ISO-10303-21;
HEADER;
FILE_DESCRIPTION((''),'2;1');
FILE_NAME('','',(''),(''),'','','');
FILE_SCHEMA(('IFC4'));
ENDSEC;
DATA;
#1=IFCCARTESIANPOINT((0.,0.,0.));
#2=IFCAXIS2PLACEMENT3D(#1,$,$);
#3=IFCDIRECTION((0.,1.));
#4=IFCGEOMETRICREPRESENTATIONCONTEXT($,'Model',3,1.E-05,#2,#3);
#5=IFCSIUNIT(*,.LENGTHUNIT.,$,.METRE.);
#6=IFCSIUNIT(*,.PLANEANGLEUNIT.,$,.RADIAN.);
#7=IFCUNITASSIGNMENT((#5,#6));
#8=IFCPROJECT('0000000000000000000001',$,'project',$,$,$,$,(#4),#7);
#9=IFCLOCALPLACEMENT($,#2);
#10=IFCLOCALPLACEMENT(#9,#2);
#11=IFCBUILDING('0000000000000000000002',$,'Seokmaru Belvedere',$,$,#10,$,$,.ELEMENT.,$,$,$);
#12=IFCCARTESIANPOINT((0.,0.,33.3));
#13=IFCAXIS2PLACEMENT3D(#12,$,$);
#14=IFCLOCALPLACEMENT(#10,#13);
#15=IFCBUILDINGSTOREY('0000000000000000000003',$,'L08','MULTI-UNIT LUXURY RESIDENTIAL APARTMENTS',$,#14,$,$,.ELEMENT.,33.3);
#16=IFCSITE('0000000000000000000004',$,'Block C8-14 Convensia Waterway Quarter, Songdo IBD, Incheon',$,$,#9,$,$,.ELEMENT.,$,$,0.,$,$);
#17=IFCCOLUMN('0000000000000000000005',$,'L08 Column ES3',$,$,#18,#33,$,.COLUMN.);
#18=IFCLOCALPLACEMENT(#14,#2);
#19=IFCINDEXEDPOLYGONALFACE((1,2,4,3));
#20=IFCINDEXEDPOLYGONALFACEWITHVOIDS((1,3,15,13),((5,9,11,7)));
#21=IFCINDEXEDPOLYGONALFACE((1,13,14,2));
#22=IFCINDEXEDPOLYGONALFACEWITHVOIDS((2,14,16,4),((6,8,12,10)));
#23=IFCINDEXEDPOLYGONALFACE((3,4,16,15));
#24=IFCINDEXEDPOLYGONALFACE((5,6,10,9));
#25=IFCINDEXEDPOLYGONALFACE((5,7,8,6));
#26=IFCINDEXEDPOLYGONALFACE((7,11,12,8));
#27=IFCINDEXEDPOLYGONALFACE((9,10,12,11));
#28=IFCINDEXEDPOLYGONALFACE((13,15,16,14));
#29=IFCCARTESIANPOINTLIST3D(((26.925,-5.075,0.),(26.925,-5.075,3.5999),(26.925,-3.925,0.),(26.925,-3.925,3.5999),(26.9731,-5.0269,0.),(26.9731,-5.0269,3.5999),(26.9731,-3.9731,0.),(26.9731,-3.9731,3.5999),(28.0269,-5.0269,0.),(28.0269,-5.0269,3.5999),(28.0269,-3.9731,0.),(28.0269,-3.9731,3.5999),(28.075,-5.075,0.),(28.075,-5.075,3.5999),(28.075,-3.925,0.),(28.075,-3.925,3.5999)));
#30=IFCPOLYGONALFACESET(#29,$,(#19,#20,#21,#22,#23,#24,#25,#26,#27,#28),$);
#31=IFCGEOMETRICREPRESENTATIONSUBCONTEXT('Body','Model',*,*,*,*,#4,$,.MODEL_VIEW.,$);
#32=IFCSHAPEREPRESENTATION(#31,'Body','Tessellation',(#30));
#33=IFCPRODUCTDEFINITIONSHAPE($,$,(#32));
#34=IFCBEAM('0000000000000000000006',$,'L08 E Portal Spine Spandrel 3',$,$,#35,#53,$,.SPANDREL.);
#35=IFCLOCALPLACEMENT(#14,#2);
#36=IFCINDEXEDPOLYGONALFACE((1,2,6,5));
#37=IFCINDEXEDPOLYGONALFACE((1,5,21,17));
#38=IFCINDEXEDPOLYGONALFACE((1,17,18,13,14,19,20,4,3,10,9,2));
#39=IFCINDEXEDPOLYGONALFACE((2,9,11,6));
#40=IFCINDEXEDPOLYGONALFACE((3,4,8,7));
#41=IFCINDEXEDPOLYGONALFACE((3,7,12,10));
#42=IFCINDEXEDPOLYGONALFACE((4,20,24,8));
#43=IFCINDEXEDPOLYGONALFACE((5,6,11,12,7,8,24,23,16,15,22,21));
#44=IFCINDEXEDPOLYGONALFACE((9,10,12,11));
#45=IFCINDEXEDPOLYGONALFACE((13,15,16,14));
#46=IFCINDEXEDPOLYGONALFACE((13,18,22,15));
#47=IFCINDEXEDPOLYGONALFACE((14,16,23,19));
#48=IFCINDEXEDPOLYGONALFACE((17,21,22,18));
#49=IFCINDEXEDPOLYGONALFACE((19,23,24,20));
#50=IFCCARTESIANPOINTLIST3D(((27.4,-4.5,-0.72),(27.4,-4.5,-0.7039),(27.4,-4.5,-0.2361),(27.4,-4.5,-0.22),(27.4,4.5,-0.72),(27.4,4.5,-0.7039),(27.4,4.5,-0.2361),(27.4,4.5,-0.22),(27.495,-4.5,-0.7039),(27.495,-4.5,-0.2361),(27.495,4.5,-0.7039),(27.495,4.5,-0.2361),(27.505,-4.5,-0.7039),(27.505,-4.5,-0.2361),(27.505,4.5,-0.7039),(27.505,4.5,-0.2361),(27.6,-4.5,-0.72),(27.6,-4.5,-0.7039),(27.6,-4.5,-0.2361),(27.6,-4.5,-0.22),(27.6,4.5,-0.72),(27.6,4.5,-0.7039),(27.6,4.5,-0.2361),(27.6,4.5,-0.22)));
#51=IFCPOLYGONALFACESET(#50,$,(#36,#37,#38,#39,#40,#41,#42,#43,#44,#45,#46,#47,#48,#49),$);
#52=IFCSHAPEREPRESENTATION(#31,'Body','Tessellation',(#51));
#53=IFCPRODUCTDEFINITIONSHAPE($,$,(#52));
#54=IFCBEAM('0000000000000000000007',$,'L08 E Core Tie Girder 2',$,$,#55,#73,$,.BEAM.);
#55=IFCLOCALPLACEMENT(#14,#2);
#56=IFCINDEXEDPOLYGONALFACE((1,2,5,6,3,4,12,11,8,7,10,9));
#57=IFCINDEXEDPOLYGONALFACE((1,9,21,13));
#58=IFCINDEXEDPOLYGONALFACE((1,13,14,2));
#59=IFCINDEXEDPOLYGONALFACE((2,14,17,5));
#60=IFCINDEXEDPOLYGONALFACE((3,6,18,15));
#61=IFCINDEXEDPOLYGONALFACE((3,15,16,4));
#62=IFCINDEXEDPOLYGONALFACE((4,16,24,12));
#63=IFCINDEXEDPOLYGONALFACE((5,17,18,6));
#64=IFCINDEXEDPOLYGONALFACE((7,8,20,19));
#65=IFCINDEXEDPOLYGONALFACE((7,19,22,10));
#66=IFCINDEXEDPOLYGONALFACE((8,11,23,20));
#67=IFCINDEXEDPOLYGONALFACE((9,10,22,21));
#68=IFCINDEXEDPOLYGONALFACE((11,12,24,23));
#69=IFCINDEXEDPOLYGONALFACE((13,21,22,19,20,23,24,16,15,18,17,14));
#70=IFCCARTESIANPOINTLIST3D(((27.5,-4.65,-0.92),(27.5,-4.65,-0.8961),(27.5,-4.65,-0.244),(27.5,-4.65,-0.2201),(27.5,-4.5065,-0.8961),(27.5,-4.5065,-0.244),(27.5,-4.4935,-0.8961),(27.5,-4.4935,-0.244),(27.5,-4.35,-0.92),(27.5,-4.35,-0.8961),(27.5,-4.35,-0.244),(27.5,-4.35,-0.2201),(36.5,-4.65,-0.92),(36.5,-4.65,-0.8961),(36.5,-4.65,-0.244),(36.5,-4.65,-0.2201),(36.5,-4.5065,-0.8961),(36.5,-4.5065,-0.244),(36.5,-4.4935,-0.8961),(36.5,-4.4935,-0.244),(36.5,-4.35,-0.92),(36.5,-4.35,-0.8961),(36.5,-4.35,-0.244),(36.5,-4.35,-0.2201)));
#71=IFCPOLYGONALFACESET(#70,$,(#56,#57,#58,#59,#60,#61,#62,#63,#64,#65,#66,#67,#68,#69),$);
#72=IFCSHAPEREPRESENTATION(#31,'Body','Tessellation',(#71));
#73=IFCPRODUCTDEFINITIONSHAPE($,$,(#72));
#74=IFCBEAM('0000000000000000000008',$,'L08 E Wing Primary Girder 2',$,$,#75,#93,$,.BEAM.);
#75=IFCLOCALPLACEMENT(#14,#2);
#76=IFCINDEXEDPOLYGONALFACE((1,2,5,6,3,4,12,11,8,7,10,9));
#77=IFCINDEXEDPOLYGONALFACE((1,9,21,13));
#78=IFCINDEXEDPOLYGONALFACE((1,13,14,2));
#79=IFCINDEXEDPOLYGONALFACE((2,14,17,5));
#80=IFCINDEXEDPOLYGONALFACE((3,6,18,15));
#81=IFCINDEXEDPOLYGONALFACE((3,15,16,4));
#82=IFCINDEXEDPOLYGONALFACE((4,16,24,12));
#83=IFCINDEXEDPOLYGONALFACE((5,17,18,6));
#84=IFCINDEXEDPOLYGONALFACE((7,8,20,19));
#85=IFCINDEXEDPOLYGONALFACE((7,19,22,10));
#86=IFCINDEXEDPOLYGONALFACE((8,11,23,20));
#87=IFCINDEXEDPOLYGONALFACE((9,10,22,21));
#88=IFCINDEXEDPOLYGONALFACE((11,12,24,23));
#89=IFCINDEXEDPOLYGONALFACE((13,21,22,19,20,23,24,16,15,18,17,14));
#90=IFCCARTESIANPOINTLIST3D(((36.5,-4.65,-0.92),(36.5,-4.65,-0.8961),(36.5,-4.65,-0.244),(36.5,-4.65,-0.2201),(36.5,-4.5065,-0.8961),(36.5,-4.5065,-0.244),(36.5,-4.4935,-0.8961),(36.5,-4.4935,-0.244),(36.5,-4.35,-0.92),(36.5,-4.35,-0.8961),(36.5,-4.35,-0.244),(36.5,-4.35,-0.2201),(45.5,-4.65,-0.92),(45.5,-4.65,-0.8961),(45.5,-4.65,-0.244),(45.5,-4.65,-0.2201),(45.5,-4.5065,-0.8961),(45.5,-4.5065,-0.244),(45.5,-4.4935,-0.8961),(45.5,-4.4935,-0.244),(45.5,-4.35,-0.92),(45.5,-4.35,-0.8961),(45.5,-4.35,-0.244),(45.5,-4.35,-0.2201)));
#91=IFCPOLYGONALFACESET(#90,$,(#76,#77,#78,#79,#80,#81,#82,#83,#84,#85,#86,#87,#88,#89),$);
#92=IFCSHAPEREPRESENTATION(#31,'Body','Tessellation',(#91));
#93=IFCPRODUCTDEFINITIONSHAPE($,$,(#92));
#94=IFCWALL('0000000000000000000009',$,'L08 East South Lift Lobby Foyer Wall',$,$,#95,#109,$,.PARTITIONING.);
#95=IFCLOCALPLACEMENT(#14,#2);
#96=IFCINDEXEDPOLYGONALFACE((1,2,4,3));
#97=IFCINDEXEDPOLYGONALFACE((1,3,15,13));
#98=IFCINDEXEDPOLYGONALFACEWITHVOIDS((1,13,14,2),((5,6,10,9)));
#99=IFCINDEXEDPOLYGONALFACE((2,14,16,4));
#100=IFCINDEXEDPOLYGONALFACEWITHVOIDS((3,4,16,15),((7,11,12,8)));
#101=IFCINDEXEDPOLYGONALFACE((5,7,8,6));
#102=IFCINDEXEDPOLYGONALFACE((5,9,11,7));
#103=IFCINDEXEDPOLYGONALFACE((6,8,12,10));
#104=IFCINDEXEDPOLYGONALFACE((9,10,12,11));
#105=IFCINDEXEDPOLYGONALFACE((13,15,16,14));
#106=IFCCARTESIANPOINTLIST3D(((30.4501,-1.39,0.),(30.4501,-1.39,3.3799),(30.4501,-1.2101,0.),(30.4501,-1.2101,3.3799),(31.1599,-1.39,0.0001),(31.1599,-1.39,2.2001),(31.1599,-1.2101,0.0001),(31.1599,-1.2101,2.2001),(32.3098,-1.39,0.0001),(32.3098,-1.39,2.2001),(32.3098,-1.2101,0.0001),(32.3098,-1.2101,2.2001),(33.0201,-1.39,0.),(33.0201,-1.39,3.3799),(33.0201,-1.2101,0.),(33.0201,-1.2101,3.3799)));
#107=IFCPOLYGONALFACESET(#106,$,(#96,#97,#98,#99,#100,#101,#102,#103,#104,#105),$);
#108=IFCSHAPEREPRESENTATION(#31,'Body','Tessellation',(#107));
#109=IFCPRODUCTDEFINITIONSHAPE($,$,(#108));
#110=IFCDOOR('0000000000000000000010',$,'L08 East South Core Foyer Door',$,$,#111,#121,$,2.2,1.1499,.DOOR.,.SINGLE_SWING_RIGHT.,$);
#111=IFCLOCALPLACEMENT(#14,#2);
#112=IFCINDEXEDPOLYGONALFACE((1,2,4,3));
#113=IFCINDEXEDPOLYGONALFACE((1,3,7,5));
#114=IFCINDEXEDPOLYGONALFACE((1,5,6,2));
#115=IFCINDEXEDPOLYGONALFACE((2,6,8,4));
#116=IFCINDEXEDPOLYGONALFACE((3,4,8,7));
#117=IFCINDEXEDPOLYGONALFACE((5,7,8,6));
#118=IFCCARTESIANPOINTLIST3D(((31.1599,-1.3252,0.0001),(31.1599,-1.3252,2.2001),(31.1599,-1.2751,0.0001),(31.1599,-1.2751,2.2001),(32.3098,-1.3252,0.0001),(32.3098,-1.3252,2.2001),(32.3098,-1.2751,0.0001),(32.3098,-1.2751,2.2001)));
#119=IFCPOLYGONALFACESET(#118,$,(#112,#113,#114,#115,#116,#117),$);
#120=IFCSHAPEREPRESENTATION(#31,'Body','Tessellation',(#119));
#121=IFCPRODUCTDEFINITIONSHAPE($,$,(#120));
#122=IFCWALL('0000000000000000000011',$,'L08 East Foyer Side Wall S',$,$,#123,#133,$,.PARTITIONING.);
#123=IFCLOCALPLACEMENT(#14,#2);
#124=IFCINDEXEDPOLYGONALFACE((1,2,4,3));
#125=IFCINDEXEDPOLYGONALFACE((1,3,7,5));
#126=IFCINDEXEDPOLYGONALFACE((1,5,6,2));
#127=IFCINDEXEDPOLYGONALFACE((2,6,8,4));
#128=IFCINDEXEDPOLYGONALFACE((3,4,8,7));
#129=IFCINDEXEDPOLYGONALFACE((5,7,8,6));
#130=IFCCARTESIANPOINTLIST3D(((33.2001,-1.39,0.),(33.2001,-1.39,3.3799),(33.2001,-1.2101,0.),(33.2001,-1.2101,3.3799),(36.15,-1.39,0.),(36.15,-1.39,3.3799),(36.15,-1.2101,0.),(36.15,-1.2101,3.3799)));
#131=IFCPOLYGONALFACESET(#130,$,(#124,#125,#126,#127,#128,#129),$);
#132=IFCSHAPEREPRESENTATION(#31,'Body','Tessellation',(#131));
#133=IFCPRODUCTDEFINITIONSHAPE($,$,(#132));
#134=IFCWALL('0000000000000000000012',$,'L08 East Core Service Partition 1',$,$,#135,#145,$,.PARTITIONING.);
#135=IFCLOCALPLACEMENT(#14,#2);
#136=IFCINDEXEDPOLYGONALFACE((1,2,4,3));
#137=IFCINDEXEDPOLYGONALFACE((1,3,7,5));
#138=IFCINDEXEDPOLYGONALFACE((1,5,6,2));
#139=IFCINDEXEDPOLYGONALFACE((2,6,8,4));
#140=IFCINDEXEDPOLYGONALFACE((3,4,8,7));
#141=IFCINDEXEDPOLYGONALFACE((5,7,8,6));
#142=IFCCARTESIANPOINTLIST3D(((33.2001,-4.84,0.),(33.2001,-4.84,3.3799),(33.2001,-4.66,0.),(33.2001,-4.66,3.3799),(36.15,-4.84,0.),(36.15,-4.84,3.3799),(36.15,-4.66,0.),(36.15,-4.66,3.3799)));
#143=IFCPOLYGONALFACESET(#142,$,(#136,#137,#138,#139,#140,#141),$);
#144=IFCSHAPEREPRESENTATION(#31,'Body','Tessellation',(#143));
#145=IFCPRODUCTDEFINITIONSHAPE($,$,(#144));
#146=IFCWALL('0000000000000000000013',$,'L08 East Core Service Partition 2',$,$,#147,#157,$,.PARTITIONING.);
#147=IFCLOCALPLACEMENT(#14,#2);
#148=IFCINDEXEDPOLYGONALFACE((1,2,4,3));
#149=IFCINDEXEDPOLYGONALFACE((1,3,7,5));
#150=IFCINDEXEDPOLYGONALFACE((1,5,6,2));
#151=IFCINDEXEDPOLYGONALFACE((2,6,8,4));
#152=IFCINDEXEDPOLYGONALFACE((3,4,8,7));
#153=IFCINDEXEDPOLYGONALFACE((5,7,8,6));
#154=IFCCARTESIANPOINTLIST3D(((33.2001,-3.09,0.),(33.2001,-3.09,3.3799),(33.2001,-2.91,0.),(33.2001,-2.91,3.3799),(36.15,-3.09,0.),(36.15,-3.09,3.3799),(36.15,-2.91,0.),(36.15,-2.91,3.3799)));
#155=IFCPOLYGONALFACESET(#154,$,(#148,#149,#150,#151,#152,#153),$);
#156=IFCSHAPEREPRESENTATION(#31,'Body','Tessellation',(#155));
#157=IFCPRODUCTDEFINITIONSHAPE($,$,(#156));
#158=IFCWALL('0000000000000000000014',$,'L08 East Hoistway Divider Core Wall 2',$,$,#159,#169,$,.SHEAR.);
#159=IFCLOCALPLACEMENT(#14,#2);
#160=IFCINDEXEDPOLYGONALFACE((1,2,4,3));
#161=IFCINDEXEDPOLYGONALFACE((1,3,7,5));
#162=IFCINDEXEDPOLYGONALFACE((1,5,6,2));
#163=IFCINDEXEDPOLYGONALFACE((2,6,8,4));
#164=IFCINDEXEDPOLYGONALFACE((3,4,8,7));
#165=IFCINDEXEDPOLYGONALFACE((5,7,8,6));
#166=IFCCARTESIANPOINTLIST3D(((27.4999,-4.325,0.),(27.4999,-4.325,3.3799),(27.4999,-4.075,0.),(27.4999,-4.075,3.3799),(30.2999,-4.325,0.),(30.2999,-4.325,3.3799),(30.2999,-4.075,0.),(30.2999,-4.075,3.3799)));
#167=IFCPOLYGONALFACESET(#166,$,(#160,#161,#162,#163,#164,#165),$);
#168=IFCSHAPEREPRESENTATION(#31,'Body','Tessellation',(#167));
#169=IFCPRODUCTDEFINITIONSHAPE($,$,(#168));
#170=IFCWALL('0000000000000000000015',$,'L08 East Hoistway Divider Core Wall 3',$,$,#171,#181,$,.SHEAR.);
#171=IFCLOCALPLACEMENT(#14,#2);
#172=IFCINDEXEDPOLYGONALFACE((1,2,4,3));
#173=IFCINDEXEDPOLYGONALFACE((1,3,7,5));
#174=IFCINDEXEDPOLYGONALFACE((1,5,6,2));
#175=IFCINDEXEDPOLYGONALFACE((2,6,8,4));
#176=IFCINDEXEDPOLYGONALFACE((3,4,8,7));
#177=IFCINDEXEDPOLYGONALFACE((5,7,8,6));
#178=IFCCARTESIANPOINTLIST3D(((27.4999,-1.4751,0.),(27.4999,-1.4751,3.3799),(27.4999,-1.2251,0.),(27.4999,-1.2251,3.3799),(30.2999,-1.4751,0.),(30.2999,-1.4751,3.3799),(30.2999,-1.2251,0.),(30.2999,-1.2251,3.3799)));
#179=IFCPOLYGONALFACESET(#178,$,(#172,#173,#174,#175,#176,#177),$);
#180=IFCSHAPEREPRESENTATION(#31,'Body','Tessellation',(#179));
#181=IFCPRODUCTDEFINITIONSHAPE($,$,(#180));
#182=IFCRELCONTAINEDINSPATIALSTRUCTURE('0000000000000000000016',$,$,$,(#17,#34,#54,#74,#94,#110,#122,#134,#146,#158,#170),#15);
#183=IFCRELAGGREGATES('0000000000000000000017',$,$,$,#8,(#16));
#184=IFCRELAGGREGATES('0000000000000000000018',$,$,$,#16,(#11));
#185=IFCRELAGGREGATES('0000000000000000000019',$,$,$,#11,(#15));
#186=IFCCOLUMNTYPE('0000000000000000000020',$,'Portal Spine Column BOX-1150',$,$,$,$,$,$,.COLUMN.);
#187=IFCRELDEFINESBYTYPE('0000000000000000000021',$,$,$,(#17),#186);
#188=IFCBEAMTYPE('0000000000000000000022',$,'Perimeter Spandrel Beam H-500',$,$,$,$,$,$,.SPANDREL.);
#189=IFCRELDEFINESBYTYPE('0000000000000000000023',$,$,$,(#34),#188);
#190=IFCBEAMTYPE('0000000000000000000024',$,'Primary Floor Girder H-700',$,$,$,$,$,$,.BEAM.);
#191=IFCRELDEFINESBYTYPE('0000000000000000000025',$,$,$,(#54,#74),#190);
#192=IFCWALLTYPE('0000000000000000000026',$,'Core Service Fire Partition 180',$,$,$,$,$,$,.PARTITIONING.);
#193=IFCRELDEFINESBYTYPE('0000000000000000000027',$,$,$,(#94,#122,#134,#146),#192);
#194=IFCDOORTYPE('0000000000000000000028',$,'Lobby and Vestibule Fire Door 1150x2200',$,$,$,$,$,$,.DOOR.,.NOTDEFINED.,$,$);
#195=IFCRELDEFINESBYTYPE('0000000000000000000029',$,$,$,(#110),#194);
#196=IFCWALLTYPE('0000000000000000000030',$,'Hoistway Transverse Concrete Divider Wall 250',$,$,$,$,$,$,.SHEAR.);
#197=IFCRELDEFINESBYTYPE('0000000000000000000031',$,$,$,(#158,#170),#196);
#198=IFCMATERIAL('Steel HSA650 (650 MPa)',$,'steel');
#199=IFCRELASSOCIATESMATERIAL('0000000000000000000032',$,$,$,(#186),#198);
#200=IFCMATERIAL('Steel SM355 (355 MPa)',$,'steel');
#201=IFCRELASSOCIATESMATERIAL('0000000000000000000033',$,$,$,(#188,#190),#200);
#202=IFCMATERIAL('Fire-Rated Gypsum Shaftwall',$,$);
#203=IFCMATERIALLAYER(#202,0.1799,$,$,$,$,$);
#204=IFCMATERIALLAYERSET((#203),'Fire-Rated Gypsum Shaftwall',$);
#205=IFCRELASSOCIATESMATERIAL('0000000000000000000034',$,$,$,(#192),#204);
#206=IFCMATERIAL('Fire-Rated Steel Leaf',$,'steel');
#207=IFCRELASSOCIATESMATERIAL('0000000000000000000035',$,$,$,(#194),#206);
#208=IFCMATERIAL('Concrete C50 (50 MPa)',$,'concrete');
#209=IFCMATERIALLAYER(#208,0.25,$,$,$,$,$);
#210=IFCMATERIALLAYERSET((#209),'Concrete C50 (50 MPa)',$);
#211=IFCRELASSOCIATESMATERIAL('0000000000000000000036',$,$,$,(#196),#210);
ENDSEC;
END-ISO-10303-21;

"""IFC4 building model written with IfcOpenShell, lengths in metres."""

from ifc_helpers import new_model, si_unit, direction, frame, frame_2d, origin, origin_2d, place, context, subcontext, project, spatial, rectangle, hollow_rectangle, i_section, extrude, source, transform, mapped, material, layer, layer_set, material_profile, profile_set, type_object, type_shapes, element, fill, save


model = new_model("IFC4")

# Units and contexts
model_context = context("Model", 3, precision=1e-05, world=origin(), true_north=direction((0.0, 1.0)))
body_context = subcontext(model_context, "Body", "Model", "MODEL_VIEW")
ifc_project = project(units=[si_unit("LENGTHUNIT", "METRE"), si_unit("PLANEANGLEUNIT", "RADIAN")], contexts=[model_context])

# Site, building, storey
site_placement = place(None, origin())
site = spatial("IfcSite", under=ifc_project, at=site_placement, Name="Block C8-14 Convensia Waterway Quarter, Songdo IBD, Incheon", CompositionType="ELEMENT", RefElevation=0.0)
building_placement = place(site_placement, origin())
building = spatial("IfcBuilding", under=site, at=building_placement, Name="Seokmaru Belvedere", CompositionType="ELEMENT")
storey_placement = place(building_placement, frame((0.0, 0.0, 33.3)))
storey = spatial("IfcBuildingStorey", under=building, at=storey_placement, Name="L08", Description="MULTI-UNIT LUXURY RESIDENTIAL APARTMENTS", CompositionType="ELEMENT", Elevation=33.3)

# Column
ifc_material_1 = material(Name="Steel HSA650 (650 MPa)", Category="steel")
ifc_material_profile_1 = material_profile(ifc_material_1, hollow_rectangle(XDim=1.1499, YDim=1.1499, WallThickness=0.0481, at=origin_2d()), Name="BOX-1150x1150x48")
ifc_profile_set_1 = profile_set([ifc_material_profile_1], Name="Steel HSA650 (650 MPa)")
column_type = type_object("IfcColumnType", Name="Portal Spine Column BOX-1150", PredefinedType="COLUMN", material=ifc_profile_set_1)
shared_shape_1 = source(origin(), body_context, "Body", "SweptSolid", [
    extrude(hollow_rectangle(XDim=1.1499, YDim=1.1499, WallThickness=0.0481, at=origin_2d()), origin(), (0.0, 0.0, 1.0), 3.5999),
])
type_shapes(column_type, [shared_shape_1])
column_placement = place(storey_placement, frame((27.5, -4.5, 0.0), z_axis=(0.0, 0.0, 1.0), x_axis=(1.0, 0.0, 0.0)))
element("IfcColumn", 1, at=column_placement, inside=storey, type_object=column_type, Name="L08 Column ES3", PredefinedType="COLUMN", context=body_context, shape_type="MappedRepresentation", body=[
    mapped(shared_shape_1, transform((0.0, 0.0, 0.0), scale=1.0)),
])

# Beams
ifc_material_2 = material(Name="Steel SM355 (355 MPa)", Category="steel")
ifc_material_profile_2 = material_profile(ifc_material_2, i_section(OverallWidth=0.2, OverallDepth=0.5, WebThickness=0.01, FlangeThickness=0.0161, at=origin_2d()), Name="H-500x200x10x16")
ifc_profile_set_2 = profile_set([ifc_material_profile_2], Name="Steel SM355 (355 MPa)")
beam_type_1 = type_object("IfcBeamType", Name="Perimeter Spandrel Beam H-500", PredefinedType="SPANDREL", material=ifc_profile_set_2)
shared_shape_2 = source(origin(), body_context, "Body", "SweptSolid", [
    extrude(i_section(OverallWidth=0.2, OverallDepth=0.5, WebThickness=0.01, FlangeThickness=0.0161, at=origin_2d()), origin(), (0.0, 0.0, 1.0), 9.0),
])
type_shapes(beam_type_1, [shared_shape_2])
beam_placement = place(storey_placement, frame((27.5, -4.5, -0.47), z_axis=(0.0, 1.0, 0.0), x_axis=(-1.0, 0.0, 0.0)))
element("IfcBeam", 2, at=beam_placement, inside=storey, type_object=beam_type_1, Name="L08 E Portal Spine Spandrel 3", PredefinedType="SPANDREL", context=body_context, shape_type="MappedRepresentation", body=[
    mapped(shared_shape_2, transform((0.0, 0.0, 0.0), scale=1.0)),
])
ifc_material_profile_3 = material_profile(ifc_material_2, i_section(OverallWidth=0.3, OverallDepth=0.7, WebThickness=0.0129, FlangeThickness=0.0239, at=origin_2d()), Name="H-700x300x13x24")
ifc_profile_set_3 = profile_set([ifc_material_profile_3], Name="Steel SM355 (355 MPa)")
beam_type_2 = type_object("IfcBeamType", Name="Primary Floor Girder H-700", PredefinedType="BEAM", material=ifc_profile_set_3)
shared_shape_3 = source(origin(), body_context, "Body", "SweptSolid", [
    extrude(i_section(OverallWidth=0.3, OverallDepth=0.7, WebThickness=0.0129, FlangeThickness=0.0239, at=origin_2d()), origin(), (0.0, 0.0, 1.0), 9.0),
])
type_shapes(beam_type_2, [shared_shape_3])
for number, where, z_axis, x_axis, name in (
    (3, (27.5, -4.5, -0.5701), (1.0, 0.0, 0.0), (0.0, 1.0, 0.0), "L08 E Core Tie Girder 2"),
    (4, (36.5, -4.5, -0.5701), (1.0, 0.0, 0.0), (0.0, 1.0, 0.0), "L08 E Wing Primary Girder 2"),
):
    element("IfcBeam", number, at=place(storey_placement, frame(where, z_axis=z_axis, x_axis=x_axis)), inside=storey, type_object=beam_type_2, Name=name, PredefinedType="BEAM", context=body_context, shape_type="MappedRepresentation", body=[
        mapped(shared_shape_3, transform((0.0, 0.0, 0.0), scale=1.0)),
    ])

# Wall, opening, door
ifc_material_3 = material(Name="Fire-Rated Gypsum Shaftwall")
ifc_layer_1 = layer(ifc_material_3, 0.1799)
ifc_layer_set_1 = layer_set([ifc_layer_1], Name="Fire-Rated Gypsum Shaftwall")
wall_type_1 = type_object("IfcWallType", Name="Core Service Fire Partition 180", PredefinedType="PARTITIONING", material=ifc_layer_set_1)
wall_1_placement = place(storey_placement, frame((30.45, -1.3, 0.0), z_axis=(0.0, 0.0, 1.0), x_axis=(1.0, 0.0, 0.0)))
wall_1 = element("IfcWall", 5, at=wall_1_placement, inside=storey, type_object=wall_type_1, Name="L08 East South Lift Lobby Foyer Wall", PredefinedType="PARTITIONING", context=body_context, shape_type="SweptSolid", body=[
    extrude(rectangle(XDim=2.5701, YDim=0.1799, at=frame_2d((1.2852, 0.0))), origin(), (0.0, 0.0, 1.0), 3.3799),
])
opening_1_placement = place(wall_1_placement, frame((0.71, 0.0, 0.0)))
opening_1 = element("IfcOpeningElement", 6, at=opening_1_placement, cuts=wall_1, PredefinedType="OPENING", context=body_context, shape_type="SweptSolid", body=[
    extrude(rectangle(XDim=1.1499, YDim=2.2, at=frame_2d((0.575, 1.1001))), frame((0.0, 0.1001, 0.0), z_axis=(0.0, -1.0, 0.0), x_axis=(1.0, 0.0, 0.0)), (0.0, 0.0, 1.0), 0.2),
])
ifc_material_4 = material(Name="Fire-Rated Steel Leaf", Category="steel")
door_type_1 = type_object("IfcDoorType", Name="Lobby and Vestibule Fire Door 1150x2200", OperationType="NOTDEFINED", PredefinedType="DOOR", material=ifc_material_4)
shared_shape_4 = source(origin(), body_context, "Body", "SweptSolid", [
    extrude(rectangle(XDim=1.1499, YDim=2.2, at=frame_2d((0.575, 1.1001))), frame((0.0, 0.0249, 0.0), z_axis=(0.0, -1.0, 0.0), x_axis=(1.0, 0.0, 0.0)), (0.0, 0.0, 1.0), 0.05),
])
type_shapes(door_type_1, [shared_shape_4])
door_1_placement = place(opening_1_placement, origin())
door_1 = element("IfcDoor", 7, at=door_1_placement, inside=storey, type_object=door_type_1, Name="L08 East South Core Foyer Door", OperationType="SINGLE_SWING_RIGHT", OverallHeight=2.2, OverallWidth=1.1499, PredefinedType="DOOR", context=body_context, shape_type="MappedRepresentation", body=[
    mapped(shared_shape_4, transform((0.0, 0.0, 0.0), scale=1.0)),
])
fill(opening_1, door_1)

# Walls
for number, where, z_axis, x_axis, name in (
    (8, (33.2, -1.3, 0.0), (0.0, 0.0, 1.0), (1.0, 0.0, 0.0), "L08 East Foyer Side Wall S"),
    (9, (33.2, -4.75, 0.0), (0.0, 0.0, 1.0), (1.0, 0.0, 0.0), "L08 East Core Service Partition 1"),
    (10, (33.2, -3.0, 0.0), (0.0, 0.0, 1.0), (1.0, 0.0, 0.0), "L08 East Core Service Partition 2"),
):
    element("IfcWall", number, at=place(storey_placement, frame(where, z_axis=z_axis, x_axis=x_axis)), inside=storey, type_object=wall_type_1, Name=name, PredefinedType="PARTITIONING", context=body_context, shape_type="SweptSolid", body=[
        extrude(rectangle(XDim=2.95, YDim=0.1799, at=frame_2d((1.4751, 0.0))), origin(), (0.0, 0.0, 1.0), 3.3799),
    ])
ifc_material_5 = material(Name="Concrete C50 (50 MPa)", Category="concrete")
ifc_layer_2 = layer(ifc_material_5, 0.25)
ifc_layer_set_2 = layer_set([ifc_layer_2], Name="Concrete C50 (50 MPa)")
wall_type_2 = type_object("IfcWallType", Name="Hoistway Transverse Concrete Divider Wall 250", PredefinedType="SHEAR", material=ifc_layer_set_2)
for number, where, z_axis, x_axis, name in (
    (11, (27.5, -4.2, 0.0), (0.0, 0.0, 1.0), (1.0, 0.0, 0.0), "L08 East Hoistway Divider Core Wall 2"),
    (12, (27.5, -1.3501, 0.0), (0.0, 0.0, 1.0), (1.0, 0.0, 0.0), "L08 East Hoistway Divider Core Wall 3"),
):
    element("IfcWall", number, at=place(storey_placement, frame(where, z_axis=z_axis, x_axis=x_axis)), inside=storey, type_object=wall_type_2, Name=name, PredefinedType="SHEAR", context=body_context, shape_type="SweptSolid", body=[
        extrude(rectangle(XDim=2.8, YDim=0.25, at=frame_2d((1.3999, 0.0))), origin(), (0.0, 0.0, 1.0), 3.3799),
    ])

save(model, "model.ifc")
